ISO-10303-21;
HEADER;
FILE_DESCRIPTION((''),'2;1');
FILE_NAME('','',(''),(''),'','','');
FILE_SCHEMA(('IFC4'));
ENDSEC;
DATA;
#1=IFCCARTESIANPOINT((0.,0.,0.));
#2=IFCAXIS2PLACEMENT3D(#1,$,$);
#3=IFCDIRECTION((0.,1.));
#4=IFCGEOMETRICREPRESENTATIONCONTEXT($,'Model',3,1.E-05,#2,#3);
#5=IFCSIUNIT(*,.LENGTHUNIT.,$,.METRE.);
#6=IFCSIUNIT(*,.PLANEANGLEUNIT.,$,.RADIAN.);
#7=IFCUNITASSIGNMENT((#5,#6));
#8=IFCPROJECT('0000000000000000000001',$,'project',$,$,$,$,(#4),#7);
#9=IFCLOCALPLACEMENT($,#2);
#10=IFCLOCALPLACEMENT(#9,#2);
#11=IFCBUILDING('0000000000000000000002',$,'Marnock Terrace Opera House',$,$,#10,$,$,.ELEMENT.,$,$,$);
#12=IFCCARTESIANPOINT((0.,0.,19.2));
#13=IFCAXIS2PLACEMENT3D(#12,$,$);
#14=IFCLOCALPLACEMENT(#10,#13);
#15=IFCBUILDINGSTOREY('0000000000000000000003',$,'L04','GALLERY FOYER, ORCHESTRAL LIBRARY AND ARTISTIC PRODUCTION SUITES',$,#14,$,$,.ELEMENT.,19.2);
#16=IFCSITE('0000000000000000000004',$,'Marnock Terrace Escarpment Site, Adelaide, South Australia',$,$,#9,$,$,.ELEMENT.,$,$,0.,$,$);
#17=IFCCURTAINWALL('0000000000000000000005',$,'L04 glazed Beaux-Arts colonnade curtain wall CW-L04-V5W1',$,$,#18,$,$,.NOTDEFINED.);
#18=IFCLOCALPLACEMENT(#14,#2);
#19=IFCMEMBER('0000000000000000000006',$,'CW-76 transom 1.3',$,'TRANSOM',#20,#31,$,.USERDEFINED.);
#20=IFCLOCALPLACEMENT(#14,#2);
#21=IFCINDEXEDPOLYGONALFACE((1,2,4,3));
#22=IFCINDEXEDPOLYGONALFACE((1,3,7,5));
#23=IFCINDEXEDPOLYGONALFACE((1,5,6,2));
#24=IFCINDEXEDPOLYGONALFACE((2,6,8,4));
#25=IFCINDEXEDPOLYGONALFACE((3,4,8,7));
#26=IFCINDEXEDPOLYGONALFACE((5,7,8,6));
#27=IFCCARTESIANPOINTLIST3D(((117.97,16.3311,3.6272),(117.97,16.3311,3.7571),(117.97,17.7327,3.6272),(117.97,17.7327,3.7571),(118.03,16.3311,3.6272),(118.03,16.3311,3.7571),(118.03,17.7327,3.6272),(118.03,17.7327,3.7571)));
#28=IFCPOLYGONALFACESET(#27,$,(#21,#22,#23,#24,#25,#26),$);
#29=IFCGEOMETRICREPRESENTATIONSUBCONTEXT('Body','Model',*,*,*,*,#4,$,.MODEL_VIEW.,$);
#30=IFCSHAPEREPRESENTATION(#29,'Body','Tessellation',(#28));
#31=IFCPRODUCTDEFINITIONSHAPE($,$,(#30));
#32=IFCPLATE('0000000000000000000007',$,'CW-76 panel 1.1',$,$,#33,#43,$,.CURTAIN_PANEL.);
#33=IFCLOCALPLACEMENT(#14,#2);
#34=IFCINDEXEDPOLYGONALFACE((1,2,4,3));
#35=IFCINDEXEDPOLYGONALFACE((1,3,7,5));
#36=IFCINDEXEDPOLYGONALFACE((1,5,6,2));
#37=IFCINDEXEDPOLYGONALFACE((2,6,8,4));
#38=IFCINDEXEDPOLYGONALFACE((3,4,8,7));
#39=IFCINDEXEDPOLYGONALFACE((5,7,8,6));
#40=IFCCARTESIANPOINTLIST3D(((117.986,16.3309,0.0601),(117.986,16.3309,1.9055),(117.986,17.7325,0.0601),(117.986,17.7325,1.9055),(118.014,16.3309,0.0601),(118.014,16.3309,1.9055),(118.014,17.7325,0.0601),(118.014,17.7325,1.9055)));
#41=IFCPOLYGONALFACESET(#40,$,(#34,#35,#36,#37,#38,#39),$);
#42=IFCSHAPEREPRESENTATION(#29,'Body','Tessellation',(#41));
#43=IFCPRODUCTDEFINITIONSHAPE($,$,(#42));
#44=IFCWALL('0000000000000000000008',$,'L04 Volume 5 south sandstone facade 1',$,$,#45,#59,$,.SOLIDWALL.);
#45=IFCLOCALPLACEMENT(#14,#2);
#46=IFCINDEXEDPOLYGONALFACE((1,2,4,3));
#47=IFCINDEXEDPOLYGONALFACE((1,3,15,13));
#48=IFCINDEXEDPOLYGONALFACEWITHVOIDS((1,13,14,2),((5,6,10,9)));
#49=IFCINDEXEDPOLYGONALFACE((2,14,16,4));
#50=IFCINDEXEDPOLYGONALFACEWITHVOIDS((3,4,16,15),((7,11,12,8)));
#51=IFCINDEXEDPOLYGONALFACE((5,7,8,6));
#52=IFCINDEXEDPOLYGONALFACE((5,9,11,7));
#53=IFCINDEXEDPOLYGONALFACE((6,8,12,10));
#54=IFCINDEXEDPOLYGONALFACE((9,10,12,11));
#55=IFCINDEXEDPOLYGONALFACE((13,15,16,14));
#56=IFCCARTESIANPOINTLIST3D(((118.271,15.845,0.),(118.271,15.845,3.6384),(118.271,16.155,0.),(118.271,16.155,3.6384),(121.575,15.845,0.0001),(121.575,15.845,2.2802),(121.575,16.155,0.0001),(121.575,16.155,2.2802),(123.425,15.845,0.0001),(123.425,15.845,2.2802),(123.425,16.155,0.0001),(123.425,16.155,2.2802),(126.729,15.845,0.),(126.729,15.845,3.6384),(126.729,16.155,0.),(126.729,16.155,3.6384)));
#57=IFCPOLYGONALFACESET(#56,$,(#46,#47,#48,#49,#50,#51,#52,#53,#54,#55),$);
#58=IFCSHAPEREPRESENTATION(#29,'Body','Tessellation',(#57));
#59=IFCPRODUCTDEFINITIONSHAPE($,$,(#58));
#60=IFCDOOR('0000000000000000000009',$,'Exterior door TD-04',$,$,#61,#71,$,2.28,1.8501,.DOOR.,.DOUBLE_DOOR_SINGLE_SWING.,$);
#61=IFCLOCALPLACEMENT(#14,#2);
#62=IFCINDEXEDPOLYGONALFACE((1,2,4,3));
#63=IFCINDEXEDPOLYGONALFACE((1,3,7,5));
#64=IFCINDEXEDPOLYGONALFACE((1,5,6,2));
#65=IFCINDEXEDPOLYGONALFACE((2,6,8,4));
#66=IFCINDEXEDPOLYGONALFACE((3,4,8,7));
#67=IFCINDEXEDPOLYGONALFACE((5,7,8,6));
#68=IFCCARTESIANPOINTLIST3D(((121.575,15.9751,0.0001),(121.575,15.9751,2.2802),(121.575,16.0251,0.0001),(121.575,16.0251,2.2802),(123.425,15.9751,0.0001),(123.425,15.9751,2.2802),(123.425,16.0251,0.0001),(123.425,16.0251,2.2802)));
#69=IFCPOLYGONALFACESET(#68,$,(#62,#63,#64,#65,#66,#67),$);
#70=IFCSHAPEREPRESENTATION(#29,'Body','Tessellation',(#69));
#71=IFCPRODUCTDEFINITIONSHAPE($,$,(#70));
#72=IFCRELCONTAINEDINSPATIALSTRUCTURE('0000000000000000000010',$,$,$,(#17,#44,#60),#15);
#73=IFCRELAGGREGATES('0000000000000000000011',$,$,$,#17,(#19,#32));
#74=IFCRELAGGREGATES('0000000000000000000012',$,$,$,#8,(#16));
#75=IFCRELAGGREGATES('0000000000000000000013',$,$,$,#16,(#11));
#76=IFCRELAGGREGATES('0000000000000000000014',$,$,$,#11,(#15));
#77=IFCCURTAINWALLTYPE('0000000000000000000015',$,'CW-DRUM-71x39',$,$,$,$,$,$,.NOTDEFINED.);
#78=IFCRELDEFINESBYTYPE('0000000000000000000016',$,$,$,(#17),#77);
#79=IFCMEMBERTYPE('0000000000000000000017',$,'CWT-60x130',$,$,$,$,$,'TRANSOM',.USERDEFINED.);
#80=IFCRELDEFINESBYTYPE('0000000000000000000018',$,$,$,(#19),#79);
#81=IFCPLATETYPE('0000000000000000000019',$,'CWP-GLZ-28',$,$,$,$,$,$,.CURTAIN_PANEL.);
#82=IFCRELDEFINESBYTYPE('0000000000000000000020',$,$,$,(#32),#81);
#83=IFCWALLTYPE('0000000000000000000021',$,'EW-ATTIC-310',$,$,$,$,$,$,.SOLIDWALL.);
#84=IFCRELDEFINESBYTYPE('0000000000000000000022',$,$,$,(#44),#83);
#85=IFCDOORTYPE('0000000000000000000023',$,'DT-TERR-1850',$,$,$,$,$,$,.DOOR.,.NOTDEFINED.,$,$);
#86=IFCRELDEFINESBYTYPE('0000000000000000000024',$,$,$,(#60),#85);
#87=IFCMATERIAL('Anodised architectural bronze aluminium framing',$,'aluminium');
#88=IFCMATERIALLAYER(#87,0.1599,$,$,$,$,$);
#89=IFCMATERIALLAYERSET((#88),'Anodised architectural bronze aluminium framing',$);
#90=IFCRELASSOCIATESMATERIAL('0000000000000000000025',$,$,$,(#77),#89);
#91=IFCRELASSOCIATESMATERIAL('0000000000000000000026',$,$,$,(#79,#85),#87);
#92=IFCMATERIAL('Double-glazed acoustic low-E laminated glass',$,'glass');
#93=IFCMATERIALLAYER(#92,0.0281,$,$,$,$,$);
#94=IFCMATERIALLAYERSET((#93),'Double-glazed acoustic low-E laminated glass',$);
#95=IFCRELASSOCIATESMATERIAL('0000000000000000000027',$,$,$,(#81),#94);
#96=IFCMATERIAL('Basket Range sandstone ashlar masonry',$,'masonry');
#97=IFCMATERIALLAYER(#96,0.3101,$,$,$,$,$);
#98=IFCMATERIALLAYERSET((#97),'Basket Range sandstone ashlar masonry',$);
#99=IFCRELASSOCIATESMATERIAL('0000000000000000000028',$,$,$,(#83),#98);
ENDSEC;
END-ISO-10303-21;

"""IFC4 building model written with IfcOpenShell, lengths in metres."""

from ifc_helpers import new_model, si_unit, direction, frame, frame_2d, origin, origin_2d, place, context, subcontext, project, spatial, rectangle, extrude, material, layer, layer_set, material_profile, profile_set, type_object, element, fill, aggregate, save


model = new_model("IFC4")

# Units and contexts
model_context = context("Model", 3, precision=1e-05, world=origin(), true_north=direction((0.0, 1.0)))
body_context = subcontext(model_context, "Body", "Model", "MODEL_VIEW")
ifc_project = project(units=[si_unit("LENGTHUNIT", "METRE"), si_unit("PLANEANGLEUNIT", "RADIAN")], contexts=[model_context])

# Site, building, storey
site_placement = place(None, origin())
site = spatial("IfcSite", under=ifc_project, at=site_placement, Name="Marnock Terrace Escarpment Site, Adelaide, South Australia", CompositionType="ELEMENT", RefElevation=0.0)
building_placement = place(site_placement, origin())
building = spatial("IfcBuilding", under=site, at=building_placement, Name="Marnock Terrace Opera House", CompositionType="ELEMENT")
storey_placement = place(building_placement, frame((0.0, 0.0, 19.2)))
storey = spatial("IfcBuildingStorey", under=building, at=storey_placement, Name="L04", Description="GALLERY FOYER, ORCHESTRAL LIBRARY AND ARTISTIC PRODUCTION SUITES", CompositionType="ELEMENT", Elevation=19.2)

# Curtain wall, member, plate
ifc_material_1 = material(Name="Anodised architectural bronze aluminium framing", Category="aluminium")
ifc_layer_1 = layer(ifc_material_1, 0.1599)
ifc_layer_set_1 = layer_set([ifc_layer_1], Name="Anodised architectural bronze aluminium framing")
curtain_wall_type = type_object("IfcCurtainWallType", Name="CW-DRUM-71x39", PredefinedType="NOTDEFINED", material=ifc_layer_set_1)
curtain_wall_placement = place(storey_placement, origin())
curtain_wall = element("IfcCurtainWall", 1, at=curtain_wall_placement, inside=storey, type_object=curtain_wall_type, Name="L04 glazed Beaux-Arts colonnade curtain wall CW-L04-V5W1", PredefinedType="NOTDEFINED")
ifc_material_profile_1 = material_profile(ifc_material_1, rectangle(XDim=0.0601, YDim=0.1299, at=origin_2d()))
ifc_profile_set_1 = profile_set([ifc_material_profile_1], Name="Anodised architectural bronze aluminium framing")
member_type_1 = type_object("IfcMemberType", Name="CWT-60x130", ElementType="TRANSOM", PredefinedType="USERDEFINED", material=ifc_profile_set_1)
member_1_placement = place(storey_placement, frame((118.0, 16.3311, 3.6921), z_axis=(0.0, 1.0, 0.0), x_axis=(-1.0, 0.0, 0.0)))
member_1 = element("IfcMember", 2, at=member_1_placement, type_object=member_type_1, Name="CW-76 transom 1.3", ObjectType="TRANSOM", PredefinedType="USERDEFINED", context=body_context, shape_type="SweptSolid", body=[
    extrude(rectangle(XDim=0.0601, YDim=0.1299, at=origin_2d()), origin(), (0.0, 0.0, 1.0), 1.4016),
])
ifc_material_2 = material(Name="Double-glazed acoustic low-E laminated glass", Category="glass")
ifc_layer_2 = layer(ifc_material_2, 0.0281)
ifc_layer_set_2 = layer_set([ifc_layer_2], Name="Double-glazed acoustic low-E laminated glass")
plate_type = type_object("IfcPlateType", Name="CWP-GLZ-28", PredefinedType="CURTAIN_PANEL", material=ifc_layer_set_2)
plate_placement = place(storey_placement, frame((118.0, 17.0317, 0.0601), z_axis=(0.0, 0.0, 1.0), x_axis=(0.0, 1.0, 0.0)))
plate = element("IfcPlate", 3, at=plate_placement, type_object=plate_type, Name="CW-76 panel 1.1", PredefinedType="CURTAIN_PANEL", context=body_context, shape_type="SweptSolid", body=[
    extrude(rectangle(XDim=1.4016, YDim=0.0281, at=origin_2d()), origin(), (0.0, 0.0, 1.0), 1.8455),
])
aggregate(curtain_wall, [member_1, plate])

# Wall, opening, door
ifc_material_3 = material(Name="Basket Range sandstone ashlar masonry", Category="masonry")
ifc_layer_3 = layer(ifc_material_3, 0.3101)
ifc_layer_set_3 = layer_set([ifc_layer_3], Name="Basket Range sandstone ashlar masonry")
wall_type = type_object("IfcWallType", Name="EW-ATTIC-310", PredefinedType="SOLIDWALL", material=ifc_layer_set_3)
wall_placement = place(storey_placement, frame((126.729, 16.0, 0.0), z_axis=(0.0, 0.0, 1.0), x_axis=(-1.0, 0.0, 0.0)))
wall = element("IfcWall", 4, at=wall_placement, inside=storey, type_object=wall_type, Name="L04 Volume 5 south sandstone facade 1", PredefinedType="SOLIDWALL", context=body_context, shape_type="SweptSolid", body=[
    extrude(rectangle(XDim=8.458, YDim=0.3101, at=frame_2d((4.229, 0.0))), origin(), (0.0, 0.0, 1.0), 3.6384),
])
opening_placement = place(wall_placement, frame((3.304, 0.0, 0.0)))
opening = element("IfcOpeningElement", 5, at=opening_placement, cuts=wall, PredefinedType="OPENING", context=body_context, shape_type="SweptSolid", body=[
    extrude(rectangle(XDim=1.8501, YDim=2.28, at=frame_2d((0.925, 1.1401))), frame((0.0, 0.165, 0.0), z_axis=(0.0, -1.0, 0.0), x_axis=(1.0, 0.0, 0.0)), (0.0, 0.0, 1.0), 0.3301),
])
door_type = type_object("IfcDoorType", Name="DT-TERR-1850", OperationType="NOTDEFINED", PredefinedType="DOOR", material=ifc_material_1)
door_placement = place(opening_placement, origin())
door = element("IfcDoor", 6, at=door_placement, inside=storey, type_object=door_type, Name="Exterior door TD-04", OperationType="DOUBLE_DOOR_SINGLE_SWING", OverallHeight=2.28, OverallWidth=1.8501, PredefinedType="DOOR", context=body_context, shape_type="SweptSolid", body=[
    extrude(rectangle(XDim=1.8501, YDim=2.28, at=frame_2d((0.925, 1.1401))), frame((0.0, 0.0249, 0.0), z_axis=(0.0, -1.0, 0.0), x_axis=(1.0, 0.0, 0.0)), (0.0, 0.0, 1.0), 0.05),
])
fill(opening, door)

save(model, "model.ifc")
